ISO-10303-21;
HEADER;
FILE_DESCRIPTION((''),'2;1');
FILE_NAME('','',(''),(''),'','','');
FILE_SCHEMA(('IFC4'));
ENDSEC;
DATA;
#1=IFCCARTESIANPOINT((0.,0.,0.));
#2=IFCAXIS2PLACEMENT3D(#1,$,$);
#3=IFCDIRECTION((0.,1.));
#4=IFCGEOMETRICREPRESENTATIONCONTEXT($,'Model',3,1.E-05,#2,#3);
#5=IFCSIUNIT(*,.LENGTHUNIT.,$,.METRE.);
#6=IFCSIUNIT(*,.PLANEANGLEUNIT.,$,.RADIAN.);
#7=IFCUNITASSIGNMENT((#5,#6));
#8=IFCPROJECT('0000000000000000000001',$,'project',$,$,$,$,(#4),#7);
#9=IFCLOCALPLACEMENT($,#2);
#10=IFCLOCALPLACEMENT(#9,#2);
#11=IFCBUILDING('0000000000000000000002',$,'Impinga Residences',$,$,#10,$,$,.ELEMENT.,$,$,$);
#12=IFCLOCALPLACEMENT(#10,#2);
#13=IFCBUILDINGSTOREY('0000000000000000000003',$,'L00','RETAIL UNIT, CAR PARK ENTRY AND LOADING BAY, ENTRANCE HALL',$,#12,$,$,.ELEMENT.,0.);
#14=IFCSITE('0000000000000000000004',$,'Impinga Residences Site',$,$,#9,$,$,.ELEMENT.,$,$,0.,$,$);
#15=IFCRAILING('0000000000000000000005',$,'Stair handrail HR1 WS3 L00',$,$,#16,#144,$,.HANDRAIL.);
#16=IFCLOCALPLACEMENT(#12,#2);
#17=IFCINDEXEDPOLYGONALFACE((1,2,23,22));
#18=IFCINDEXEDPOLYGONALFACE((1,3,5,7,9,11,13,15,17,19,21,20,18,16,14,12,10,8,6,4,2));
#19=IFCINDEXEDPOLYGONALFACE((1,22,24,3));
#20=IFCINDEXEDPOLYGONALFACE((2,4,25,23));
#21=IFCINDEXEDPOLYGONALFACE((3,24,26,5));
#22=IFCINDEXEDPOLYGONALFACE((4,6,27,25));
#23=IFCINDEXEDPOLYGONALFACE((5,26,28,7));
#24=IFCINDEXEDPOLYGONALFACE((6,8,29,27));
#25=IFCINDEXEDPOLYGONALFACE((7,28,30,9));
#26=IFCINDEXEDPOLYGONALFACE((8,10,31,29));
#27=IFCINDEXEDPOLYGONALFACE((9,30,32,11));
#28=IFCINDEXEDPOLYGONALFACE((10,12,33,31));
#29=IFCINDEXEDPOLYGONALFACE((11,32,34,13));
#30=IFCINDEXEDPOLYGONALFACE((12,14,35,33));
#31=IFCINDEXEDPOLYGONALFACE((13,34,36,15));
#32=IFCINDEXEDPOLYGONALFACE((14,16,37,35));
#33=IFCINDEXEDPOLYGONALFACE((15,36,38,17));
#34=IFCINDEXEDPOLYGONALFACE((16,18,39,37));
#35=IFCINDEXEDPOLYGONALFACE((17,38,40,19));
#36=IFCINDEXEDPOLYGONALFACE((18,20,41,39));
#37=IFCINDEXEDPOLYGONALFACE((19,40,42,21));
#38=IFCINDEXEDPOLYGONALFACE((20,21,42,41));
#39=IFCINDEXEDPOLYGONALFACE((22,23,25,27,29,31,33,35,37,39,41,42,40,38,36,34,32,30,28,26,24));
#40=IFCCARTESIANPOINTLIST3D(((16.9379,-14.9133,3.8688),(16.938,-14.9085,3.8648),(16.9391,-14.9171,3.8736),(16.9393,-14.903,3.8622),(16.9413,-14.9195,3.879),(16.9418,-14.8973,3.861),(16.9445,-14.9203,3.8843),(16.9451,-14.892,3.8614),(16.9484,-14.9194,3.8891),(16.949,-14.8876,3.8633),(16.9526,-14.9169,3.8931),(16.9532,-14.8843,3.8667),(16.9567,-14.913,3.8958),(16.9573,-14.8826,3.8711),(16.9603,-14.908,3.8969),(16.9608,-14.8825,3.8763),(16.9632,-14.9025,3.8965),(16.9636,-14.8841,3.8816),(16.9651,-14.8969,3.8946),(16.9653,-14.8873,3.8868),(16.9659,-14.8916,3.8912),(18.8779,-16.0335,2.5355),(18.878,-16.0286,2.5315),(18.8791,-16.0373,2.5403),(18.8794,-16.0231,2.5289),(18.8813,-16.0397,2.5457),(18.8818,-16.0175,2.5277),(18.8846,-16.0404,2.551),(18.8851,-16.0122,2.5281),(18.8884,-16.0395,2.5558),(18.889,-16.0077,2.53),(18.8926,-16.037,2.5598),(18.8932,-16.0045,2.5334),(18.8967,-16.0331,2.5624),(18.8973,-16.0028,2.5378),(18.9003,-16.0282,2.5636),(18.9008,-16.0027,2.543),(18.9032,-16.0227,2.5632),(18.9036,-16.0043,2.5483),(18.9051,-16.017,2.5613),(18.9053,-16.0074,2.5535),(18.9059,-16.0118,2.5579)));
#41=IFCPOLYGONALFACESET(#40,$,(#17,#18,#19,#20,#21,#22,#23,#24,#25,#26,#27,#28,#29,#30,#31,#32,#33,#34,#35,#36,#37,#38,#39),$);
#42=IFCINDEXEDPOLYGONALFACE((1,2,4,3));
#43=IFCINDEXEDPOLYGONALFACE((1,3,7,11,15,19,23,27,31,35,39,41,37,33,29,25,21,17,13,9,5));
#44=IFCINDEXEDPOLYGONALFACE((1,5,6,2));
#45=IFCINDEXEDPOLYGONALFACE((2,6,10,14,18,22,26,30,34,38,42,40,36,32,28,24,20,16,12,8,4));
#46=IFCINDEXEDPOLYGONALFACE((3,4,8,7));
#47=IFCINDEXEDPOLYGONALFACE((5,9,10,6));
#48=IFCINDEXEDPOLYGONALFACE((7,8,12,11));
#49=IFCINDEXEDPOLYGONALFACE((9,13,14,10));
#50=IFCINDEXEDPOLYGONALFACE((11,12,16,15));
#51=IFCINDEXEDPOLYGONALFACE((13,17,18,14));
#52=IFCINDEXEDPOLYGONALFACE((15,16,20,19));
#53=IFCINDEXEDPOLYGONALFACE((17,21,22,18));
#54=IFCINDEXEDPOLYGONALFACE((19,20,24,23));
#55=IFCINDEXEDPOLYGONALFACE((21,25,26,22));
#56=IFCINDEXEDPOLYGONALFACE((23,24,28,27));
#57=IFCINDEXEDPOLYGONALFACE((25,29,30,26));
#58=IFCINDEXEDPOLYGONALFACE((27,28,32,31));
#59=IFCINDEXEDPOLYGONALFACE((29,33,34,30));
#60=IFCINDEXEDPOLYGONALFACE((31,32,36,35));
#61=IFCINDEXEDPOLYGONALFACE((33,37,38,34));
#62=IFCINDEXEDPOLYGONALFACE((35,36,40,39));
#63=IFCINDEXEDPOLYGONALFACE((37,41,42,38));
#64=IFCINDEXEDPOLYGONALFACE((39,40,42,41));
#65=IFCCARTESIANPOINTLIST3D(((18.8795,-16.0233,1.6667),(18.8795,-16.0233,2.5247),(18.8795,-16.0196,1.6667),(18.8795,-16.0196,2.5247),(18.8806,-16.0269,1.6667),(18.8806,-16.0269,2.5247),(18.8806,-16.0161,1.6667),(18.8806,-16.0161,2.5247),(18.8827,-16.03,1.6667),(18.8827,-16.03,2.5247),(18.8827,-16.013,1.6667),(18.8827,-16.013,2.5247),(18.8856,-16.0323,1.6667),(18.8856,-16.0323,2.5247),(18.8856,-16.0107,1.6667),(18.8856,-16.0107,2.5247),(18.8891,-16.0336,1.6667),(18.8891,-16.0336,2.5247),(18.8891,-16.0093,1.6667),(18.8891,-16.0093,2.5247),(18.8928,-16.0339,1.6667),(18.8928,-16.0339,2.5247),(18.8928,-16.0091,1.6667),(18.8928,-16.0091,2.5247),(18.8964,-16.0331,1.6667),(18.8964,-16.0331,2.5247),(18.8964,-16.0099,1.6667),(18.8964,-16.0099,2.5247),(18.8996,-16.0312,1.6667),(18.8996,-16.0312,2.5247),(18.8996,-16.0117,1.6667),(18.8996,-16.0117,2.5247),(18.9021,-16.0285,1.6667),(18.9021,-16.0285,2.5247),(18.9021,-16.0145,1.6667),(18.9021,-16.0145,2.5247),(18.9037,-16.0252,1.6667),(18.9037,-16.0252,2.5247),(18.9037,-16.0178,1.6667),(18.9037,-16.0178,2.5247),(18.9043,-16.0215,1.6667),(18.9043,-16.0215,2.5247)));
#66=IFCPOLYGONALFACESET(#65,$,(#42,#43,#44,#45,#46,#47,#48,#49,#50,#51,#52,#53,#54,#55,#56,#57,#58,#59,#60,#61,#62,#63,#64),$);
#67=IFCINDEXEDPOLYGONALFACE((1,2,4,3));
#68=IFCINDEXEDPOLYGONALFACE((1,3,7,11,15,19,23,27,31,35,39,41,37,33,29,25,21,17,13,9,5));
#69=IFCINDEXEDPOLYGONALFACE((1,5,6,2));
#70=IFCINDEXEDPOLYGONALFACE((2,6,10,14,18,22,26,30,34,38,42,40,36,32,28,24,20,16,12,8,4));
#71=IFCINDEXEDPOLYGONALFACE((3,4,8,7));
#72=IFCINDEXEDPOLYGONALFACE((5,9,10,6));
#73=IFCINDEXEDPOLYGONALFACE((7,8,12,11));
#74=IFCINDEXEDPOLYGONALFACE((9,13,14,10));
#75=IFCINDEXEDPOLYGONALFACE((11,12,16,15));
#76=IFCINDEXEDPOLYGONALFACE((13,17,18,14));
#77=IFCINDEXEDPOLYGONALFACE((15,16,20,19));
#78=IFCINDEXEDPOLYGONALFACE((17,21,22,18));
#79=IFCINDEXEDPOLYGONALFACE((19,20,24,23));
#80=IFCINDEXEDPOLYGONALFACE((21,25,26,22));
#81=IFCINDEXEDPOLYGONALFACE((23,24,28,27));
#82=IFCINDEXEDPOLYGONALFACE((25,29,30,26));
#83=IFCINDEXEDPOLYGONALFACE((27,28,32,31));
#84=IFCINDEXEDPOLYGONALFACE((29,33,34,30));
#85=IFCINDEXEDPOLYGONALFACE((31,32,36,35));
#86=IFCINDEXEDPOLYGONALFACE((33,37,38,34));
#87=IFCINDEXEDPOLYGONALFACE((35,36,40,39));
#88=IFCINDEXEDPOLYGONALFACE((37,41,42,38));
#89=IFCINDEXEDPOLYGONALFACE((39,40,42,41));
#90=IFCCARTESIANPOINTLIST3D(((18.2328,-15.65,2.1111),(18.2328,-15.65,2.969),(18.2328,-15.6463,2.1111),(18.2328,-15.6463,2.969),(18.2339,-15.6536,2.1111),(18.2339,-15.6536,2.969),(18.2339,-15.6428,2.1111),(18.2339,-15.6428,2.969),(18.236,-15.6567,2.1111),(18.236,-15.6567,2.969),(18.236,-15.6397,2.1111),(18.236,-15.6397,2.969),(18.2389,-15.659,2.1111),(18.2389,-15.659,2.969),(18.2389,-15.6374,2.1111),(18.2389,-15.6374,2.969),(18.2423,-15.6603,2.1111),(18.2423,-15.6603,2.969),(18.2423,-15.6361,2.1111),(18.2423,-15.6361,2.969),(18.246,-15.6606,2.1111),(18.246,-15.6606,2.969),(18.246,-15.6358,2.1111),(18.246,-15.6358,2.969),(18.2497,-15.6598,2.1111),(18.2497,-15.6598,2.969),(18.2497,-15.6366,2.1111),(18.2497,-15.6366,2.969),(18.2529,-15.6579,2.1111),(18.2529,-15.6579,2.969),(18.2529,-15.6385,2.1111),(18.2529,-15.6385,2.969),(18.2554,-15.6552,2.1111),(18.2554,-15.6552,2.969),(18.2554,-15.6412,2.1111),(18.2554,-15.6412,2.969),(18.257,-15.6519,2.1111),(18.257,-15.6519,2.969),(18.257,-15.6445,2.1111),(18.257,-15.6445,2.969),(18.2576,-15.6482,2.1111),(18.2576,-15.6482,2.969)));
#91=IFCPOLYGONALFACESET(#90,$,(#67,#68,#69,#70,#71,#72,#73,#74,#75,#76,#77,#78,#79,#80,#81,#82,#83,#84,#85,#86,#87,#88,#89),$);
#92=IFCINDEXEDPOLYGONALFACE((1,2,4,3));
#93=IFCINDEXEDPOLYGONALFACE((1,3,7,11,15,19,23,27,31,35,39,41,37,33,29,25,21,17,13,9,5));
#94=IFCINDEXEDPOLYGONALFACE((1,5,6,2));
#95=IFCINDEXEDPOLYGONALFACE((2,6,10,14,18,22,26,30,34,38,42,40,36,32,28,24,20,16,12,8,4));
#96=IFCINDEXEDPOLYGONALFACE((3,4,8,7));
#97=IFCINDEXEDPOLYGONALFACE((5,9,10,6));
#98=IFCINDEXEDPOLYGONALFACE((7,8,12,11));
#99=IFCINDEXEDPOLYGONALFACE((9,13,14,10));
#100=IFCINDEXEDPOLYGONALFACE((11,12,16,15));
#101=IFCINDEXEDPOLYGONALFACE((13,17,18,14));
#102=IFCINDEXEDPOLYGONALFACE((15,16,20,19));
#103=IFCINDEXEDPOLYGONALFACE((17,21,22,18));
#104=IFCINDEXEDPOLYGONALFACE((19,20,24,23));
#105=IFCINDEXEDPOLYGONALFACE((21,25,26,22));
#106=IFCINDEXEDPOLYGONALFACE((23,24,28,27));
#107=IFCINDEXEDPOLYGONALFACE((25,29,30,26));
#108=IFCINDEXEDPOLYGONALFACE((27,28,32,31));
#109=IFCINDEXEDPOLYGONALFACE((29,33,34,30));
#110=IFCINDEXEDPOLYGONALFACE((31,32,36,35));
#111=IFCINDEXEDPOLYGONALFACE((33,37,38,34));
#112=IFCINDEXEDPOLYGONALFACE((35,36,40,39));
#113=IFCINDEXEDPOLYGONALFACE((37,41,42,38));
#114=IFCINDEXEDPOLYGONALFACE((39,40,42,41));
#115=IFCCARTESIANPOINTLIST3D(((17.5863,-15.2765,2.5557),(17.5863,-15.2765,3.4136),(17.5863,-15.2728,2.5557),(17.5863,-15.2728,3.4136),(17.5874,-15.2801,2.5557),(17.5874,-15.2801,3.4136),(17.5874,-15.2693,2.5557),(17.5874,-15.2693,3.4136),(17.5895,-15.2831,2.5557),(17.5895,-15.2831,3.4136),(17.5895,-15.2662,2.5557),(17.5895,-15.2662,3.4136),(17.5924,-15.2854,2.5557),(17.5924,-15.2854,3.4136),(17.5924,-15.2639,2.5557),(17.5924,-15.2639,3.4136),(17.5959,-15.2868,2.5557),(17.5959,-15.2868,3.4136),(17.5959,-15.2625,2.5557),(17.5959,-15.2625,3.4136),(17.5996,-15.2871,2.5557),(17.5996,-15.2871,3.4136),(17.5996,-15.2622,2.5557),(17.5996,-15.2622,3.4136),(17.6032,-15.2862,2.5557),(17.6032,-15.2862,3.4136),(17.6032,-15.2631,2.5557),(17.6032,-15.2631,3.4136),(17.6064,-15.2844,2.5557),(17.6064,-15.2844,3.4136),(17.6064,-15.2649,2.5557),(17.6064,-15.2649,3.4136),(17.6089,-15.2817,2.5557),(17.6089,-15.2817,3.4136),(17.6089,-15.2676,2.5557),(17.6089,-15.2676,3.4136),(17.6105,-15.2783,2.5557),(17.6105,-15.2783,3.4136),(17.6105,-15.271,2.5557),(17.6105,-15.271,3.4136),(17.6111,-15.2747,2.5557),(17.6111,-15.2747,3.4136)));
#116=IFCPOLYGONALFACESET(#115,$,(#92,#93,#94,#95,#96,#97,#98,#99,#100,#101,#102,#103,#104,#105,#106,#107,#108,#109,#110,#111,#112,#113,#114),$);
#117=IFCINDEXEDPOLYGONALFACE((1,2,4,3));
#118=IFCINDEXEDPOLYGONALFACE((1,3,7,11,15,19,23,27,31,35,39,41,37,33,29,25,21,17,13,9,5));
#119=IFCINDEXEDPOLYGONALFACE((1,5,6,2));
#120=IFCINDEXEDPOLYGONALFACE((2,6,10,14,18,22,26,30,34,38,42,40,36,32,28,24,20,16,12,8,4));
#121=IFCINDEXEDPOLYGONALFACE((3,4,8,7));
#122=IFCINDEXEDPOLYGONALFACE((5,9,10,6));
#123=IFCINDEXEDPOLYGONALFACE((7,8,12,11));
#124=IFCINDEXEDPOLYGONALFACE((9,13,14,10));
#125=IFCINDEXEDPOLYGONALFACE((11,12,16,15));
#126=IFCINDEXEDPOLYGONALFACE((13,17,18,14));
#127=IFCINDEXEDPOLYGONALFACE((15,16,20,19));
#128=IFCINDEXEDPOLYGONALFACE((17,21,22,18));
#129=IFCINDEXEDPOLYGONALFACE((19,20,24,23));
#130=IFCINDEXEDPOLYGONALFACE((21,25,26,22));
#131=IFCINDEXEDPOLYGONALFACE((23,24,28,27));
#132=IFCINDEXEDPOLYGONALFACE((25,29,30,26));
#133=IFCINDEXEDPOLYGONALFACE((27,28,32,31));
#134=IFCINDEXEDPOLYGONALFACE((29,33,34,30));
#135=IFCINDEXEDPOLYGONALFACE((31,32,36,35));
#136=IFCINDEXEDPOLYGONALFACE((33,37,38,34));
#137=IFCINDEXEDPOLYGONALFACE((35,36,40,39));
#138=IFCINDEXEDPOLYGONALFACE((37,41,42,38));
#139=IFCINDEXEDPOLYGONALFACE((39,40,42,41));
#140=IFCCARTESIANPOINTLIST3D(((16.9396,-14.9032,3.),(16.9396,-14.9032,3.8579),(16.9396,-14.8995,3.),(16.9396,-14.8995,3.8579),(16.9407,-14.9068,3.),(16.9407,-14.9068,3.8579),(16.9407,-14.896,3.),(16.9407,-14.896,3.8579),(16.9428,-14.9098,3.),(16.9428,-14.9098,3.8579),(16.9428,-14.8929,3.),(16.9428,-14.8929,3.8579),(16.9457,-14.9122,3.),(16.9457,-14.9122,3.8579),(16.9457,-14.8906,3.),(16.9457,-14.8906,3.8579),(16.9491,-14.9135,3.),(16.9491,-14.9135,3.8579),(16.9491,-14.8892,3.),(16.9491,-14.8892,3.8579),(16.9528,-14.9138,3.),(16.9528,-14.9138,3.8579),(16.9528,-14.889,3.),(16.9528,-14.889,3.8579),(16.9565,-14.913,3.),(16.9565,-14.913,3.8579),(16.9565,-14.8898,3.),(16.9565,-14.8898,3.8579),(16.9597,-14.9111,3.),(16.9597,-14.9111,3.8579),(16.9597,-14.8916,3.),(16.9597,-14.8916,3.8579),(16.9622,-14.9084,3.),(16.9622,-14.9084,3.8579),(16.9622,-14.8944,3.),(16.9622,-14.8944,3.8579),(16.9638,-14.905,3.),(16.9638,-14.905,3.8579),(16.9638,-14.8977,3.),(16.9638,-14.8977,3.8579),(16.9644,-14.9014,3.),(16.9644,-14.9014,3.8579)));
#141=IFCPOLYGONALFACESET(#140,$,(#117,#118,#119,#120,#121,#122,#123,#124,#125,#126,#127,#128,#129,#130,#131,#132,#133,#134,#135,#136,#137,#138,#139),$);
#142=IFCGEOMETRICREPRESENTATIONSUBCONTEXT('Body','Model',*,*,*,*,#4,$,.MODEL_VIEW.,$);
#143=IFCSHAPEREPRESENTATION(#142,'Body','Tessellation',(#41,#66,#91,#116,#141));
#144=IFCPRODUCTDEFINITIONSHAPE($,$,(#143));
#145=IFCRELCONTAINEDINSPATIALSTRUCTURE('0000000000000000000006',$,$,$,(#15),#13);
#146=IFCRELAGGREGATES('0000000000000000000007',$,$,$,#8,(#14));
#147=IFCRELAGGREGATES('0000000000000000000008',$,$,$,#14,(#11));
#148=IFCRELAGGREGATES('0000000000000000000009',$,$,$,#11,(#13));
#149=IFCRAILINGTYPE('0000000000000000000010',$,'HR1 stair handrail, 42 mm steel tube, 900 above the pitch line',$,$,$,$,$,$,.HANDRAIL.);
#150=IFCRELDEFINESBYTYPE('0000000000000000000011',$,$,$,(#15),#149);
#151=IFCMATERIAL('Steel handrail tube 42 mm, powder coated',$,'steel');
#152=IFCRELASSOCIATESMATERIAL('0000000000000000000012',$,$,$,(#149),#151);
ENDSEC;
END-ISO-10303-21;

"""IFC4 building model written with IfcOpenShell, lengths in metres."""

from ifc_helpers import new_model, si_unit, direction, frame, origin, origin_2d, place, context, subcontext, project, spatial, circle, extrude, material, type_object, element, save


model = new_model("IFC4")

# Units and contexts
model_context = context("Model", 3, precision=1e-05, world=origin(), true_north=direction((0.0, 1.0)))
body_context = subcontext(model_context, "Body", "Model", "MODEL_VIEW")
ifc_project = project(units=[si_unit("LENGTHUNIT", "METRE"), si_unit("PLANEANGLEUNIT", "RADIAN")], contexts=[model_context])

# Site, building, storey
site_placement = place(None, origin())
site = spatial("IfcSite", under=ifc_project, at=site_placement, Name="Impinga Residences Site", CompositionType="ELEMENT", RefElevation=0.0)
building_placement = place(site_placement, origin())
building = spatial("IfcBuilding", under=site, at=building_placement, Name="Impinga Residences", CompositionType="ELEMENT")
storey_placement = place(building_placement, origin())
storey = spatial("IfcBuildingStorey", under=building, at=storey_placement, Name="L00", Description="RETAIL UNIT, CAR PARK ENTRY AND LOADING BAY, ENTRANCE HALL", CompositionType="ELEMENT", Elevation=0.0)

# Railing
ifc_material_1 = material(Name="Steel handrail tube 42 mm, powder coated", Category="steel")
railing_type_1 = type_object("IfcRailingType", Name="HR1 stair handrail, 42 mm steel tube, 900 above the pitch line", PredefinedType="HANDRAIL", material=ifc_material_1)
railing_1_placement = place(storey_placement, frame((18.8918, -16.0215, 1.6667)))
element("IfcRailing", 1, at=railing_1_placement, inside=storey, type_object=railing_type_1, Name="Stair handrail HR1 WS3 L00", PredefinedType="HANDRAIL", context=body_context, shape_type="SweptSolid", body=[
    extrude(circle(Radius=0.021, at=origin_2d()), frame((0.0, 0.0, 0.8789), z_axis=(-0.744175, 0.429684, 0.511444), x_axis=(-0.500031, -0.866008, 0.0)), (0.0, 0.0, 1.0), 2.6069),
    extrude(circle(Radius=0.0125, at=origin_2d()), origin(), (0.0, 0.0, 1.0), 0.8579),
    extrude(circle(Radius=0.0125, at=origin_2d()), frame((-0.6467, 0.3733, 0.4443)), (0.0, 0.0, 1.0), 0.8579),
    extrude(circle(Radius=0.0125, at=origin_2d()), frame((-1.2932, 0.7468, 0.8889)), (0.0, 0.0, 1.0), 0.8579),
    extrude(circle(Radius=0.0125, at=origin_2d()), frame((-1.9399, 1.1201, 1.3333)), (0.0, 0.0, 1.0), 0.8579),
])

save(model, "model.ifc")
